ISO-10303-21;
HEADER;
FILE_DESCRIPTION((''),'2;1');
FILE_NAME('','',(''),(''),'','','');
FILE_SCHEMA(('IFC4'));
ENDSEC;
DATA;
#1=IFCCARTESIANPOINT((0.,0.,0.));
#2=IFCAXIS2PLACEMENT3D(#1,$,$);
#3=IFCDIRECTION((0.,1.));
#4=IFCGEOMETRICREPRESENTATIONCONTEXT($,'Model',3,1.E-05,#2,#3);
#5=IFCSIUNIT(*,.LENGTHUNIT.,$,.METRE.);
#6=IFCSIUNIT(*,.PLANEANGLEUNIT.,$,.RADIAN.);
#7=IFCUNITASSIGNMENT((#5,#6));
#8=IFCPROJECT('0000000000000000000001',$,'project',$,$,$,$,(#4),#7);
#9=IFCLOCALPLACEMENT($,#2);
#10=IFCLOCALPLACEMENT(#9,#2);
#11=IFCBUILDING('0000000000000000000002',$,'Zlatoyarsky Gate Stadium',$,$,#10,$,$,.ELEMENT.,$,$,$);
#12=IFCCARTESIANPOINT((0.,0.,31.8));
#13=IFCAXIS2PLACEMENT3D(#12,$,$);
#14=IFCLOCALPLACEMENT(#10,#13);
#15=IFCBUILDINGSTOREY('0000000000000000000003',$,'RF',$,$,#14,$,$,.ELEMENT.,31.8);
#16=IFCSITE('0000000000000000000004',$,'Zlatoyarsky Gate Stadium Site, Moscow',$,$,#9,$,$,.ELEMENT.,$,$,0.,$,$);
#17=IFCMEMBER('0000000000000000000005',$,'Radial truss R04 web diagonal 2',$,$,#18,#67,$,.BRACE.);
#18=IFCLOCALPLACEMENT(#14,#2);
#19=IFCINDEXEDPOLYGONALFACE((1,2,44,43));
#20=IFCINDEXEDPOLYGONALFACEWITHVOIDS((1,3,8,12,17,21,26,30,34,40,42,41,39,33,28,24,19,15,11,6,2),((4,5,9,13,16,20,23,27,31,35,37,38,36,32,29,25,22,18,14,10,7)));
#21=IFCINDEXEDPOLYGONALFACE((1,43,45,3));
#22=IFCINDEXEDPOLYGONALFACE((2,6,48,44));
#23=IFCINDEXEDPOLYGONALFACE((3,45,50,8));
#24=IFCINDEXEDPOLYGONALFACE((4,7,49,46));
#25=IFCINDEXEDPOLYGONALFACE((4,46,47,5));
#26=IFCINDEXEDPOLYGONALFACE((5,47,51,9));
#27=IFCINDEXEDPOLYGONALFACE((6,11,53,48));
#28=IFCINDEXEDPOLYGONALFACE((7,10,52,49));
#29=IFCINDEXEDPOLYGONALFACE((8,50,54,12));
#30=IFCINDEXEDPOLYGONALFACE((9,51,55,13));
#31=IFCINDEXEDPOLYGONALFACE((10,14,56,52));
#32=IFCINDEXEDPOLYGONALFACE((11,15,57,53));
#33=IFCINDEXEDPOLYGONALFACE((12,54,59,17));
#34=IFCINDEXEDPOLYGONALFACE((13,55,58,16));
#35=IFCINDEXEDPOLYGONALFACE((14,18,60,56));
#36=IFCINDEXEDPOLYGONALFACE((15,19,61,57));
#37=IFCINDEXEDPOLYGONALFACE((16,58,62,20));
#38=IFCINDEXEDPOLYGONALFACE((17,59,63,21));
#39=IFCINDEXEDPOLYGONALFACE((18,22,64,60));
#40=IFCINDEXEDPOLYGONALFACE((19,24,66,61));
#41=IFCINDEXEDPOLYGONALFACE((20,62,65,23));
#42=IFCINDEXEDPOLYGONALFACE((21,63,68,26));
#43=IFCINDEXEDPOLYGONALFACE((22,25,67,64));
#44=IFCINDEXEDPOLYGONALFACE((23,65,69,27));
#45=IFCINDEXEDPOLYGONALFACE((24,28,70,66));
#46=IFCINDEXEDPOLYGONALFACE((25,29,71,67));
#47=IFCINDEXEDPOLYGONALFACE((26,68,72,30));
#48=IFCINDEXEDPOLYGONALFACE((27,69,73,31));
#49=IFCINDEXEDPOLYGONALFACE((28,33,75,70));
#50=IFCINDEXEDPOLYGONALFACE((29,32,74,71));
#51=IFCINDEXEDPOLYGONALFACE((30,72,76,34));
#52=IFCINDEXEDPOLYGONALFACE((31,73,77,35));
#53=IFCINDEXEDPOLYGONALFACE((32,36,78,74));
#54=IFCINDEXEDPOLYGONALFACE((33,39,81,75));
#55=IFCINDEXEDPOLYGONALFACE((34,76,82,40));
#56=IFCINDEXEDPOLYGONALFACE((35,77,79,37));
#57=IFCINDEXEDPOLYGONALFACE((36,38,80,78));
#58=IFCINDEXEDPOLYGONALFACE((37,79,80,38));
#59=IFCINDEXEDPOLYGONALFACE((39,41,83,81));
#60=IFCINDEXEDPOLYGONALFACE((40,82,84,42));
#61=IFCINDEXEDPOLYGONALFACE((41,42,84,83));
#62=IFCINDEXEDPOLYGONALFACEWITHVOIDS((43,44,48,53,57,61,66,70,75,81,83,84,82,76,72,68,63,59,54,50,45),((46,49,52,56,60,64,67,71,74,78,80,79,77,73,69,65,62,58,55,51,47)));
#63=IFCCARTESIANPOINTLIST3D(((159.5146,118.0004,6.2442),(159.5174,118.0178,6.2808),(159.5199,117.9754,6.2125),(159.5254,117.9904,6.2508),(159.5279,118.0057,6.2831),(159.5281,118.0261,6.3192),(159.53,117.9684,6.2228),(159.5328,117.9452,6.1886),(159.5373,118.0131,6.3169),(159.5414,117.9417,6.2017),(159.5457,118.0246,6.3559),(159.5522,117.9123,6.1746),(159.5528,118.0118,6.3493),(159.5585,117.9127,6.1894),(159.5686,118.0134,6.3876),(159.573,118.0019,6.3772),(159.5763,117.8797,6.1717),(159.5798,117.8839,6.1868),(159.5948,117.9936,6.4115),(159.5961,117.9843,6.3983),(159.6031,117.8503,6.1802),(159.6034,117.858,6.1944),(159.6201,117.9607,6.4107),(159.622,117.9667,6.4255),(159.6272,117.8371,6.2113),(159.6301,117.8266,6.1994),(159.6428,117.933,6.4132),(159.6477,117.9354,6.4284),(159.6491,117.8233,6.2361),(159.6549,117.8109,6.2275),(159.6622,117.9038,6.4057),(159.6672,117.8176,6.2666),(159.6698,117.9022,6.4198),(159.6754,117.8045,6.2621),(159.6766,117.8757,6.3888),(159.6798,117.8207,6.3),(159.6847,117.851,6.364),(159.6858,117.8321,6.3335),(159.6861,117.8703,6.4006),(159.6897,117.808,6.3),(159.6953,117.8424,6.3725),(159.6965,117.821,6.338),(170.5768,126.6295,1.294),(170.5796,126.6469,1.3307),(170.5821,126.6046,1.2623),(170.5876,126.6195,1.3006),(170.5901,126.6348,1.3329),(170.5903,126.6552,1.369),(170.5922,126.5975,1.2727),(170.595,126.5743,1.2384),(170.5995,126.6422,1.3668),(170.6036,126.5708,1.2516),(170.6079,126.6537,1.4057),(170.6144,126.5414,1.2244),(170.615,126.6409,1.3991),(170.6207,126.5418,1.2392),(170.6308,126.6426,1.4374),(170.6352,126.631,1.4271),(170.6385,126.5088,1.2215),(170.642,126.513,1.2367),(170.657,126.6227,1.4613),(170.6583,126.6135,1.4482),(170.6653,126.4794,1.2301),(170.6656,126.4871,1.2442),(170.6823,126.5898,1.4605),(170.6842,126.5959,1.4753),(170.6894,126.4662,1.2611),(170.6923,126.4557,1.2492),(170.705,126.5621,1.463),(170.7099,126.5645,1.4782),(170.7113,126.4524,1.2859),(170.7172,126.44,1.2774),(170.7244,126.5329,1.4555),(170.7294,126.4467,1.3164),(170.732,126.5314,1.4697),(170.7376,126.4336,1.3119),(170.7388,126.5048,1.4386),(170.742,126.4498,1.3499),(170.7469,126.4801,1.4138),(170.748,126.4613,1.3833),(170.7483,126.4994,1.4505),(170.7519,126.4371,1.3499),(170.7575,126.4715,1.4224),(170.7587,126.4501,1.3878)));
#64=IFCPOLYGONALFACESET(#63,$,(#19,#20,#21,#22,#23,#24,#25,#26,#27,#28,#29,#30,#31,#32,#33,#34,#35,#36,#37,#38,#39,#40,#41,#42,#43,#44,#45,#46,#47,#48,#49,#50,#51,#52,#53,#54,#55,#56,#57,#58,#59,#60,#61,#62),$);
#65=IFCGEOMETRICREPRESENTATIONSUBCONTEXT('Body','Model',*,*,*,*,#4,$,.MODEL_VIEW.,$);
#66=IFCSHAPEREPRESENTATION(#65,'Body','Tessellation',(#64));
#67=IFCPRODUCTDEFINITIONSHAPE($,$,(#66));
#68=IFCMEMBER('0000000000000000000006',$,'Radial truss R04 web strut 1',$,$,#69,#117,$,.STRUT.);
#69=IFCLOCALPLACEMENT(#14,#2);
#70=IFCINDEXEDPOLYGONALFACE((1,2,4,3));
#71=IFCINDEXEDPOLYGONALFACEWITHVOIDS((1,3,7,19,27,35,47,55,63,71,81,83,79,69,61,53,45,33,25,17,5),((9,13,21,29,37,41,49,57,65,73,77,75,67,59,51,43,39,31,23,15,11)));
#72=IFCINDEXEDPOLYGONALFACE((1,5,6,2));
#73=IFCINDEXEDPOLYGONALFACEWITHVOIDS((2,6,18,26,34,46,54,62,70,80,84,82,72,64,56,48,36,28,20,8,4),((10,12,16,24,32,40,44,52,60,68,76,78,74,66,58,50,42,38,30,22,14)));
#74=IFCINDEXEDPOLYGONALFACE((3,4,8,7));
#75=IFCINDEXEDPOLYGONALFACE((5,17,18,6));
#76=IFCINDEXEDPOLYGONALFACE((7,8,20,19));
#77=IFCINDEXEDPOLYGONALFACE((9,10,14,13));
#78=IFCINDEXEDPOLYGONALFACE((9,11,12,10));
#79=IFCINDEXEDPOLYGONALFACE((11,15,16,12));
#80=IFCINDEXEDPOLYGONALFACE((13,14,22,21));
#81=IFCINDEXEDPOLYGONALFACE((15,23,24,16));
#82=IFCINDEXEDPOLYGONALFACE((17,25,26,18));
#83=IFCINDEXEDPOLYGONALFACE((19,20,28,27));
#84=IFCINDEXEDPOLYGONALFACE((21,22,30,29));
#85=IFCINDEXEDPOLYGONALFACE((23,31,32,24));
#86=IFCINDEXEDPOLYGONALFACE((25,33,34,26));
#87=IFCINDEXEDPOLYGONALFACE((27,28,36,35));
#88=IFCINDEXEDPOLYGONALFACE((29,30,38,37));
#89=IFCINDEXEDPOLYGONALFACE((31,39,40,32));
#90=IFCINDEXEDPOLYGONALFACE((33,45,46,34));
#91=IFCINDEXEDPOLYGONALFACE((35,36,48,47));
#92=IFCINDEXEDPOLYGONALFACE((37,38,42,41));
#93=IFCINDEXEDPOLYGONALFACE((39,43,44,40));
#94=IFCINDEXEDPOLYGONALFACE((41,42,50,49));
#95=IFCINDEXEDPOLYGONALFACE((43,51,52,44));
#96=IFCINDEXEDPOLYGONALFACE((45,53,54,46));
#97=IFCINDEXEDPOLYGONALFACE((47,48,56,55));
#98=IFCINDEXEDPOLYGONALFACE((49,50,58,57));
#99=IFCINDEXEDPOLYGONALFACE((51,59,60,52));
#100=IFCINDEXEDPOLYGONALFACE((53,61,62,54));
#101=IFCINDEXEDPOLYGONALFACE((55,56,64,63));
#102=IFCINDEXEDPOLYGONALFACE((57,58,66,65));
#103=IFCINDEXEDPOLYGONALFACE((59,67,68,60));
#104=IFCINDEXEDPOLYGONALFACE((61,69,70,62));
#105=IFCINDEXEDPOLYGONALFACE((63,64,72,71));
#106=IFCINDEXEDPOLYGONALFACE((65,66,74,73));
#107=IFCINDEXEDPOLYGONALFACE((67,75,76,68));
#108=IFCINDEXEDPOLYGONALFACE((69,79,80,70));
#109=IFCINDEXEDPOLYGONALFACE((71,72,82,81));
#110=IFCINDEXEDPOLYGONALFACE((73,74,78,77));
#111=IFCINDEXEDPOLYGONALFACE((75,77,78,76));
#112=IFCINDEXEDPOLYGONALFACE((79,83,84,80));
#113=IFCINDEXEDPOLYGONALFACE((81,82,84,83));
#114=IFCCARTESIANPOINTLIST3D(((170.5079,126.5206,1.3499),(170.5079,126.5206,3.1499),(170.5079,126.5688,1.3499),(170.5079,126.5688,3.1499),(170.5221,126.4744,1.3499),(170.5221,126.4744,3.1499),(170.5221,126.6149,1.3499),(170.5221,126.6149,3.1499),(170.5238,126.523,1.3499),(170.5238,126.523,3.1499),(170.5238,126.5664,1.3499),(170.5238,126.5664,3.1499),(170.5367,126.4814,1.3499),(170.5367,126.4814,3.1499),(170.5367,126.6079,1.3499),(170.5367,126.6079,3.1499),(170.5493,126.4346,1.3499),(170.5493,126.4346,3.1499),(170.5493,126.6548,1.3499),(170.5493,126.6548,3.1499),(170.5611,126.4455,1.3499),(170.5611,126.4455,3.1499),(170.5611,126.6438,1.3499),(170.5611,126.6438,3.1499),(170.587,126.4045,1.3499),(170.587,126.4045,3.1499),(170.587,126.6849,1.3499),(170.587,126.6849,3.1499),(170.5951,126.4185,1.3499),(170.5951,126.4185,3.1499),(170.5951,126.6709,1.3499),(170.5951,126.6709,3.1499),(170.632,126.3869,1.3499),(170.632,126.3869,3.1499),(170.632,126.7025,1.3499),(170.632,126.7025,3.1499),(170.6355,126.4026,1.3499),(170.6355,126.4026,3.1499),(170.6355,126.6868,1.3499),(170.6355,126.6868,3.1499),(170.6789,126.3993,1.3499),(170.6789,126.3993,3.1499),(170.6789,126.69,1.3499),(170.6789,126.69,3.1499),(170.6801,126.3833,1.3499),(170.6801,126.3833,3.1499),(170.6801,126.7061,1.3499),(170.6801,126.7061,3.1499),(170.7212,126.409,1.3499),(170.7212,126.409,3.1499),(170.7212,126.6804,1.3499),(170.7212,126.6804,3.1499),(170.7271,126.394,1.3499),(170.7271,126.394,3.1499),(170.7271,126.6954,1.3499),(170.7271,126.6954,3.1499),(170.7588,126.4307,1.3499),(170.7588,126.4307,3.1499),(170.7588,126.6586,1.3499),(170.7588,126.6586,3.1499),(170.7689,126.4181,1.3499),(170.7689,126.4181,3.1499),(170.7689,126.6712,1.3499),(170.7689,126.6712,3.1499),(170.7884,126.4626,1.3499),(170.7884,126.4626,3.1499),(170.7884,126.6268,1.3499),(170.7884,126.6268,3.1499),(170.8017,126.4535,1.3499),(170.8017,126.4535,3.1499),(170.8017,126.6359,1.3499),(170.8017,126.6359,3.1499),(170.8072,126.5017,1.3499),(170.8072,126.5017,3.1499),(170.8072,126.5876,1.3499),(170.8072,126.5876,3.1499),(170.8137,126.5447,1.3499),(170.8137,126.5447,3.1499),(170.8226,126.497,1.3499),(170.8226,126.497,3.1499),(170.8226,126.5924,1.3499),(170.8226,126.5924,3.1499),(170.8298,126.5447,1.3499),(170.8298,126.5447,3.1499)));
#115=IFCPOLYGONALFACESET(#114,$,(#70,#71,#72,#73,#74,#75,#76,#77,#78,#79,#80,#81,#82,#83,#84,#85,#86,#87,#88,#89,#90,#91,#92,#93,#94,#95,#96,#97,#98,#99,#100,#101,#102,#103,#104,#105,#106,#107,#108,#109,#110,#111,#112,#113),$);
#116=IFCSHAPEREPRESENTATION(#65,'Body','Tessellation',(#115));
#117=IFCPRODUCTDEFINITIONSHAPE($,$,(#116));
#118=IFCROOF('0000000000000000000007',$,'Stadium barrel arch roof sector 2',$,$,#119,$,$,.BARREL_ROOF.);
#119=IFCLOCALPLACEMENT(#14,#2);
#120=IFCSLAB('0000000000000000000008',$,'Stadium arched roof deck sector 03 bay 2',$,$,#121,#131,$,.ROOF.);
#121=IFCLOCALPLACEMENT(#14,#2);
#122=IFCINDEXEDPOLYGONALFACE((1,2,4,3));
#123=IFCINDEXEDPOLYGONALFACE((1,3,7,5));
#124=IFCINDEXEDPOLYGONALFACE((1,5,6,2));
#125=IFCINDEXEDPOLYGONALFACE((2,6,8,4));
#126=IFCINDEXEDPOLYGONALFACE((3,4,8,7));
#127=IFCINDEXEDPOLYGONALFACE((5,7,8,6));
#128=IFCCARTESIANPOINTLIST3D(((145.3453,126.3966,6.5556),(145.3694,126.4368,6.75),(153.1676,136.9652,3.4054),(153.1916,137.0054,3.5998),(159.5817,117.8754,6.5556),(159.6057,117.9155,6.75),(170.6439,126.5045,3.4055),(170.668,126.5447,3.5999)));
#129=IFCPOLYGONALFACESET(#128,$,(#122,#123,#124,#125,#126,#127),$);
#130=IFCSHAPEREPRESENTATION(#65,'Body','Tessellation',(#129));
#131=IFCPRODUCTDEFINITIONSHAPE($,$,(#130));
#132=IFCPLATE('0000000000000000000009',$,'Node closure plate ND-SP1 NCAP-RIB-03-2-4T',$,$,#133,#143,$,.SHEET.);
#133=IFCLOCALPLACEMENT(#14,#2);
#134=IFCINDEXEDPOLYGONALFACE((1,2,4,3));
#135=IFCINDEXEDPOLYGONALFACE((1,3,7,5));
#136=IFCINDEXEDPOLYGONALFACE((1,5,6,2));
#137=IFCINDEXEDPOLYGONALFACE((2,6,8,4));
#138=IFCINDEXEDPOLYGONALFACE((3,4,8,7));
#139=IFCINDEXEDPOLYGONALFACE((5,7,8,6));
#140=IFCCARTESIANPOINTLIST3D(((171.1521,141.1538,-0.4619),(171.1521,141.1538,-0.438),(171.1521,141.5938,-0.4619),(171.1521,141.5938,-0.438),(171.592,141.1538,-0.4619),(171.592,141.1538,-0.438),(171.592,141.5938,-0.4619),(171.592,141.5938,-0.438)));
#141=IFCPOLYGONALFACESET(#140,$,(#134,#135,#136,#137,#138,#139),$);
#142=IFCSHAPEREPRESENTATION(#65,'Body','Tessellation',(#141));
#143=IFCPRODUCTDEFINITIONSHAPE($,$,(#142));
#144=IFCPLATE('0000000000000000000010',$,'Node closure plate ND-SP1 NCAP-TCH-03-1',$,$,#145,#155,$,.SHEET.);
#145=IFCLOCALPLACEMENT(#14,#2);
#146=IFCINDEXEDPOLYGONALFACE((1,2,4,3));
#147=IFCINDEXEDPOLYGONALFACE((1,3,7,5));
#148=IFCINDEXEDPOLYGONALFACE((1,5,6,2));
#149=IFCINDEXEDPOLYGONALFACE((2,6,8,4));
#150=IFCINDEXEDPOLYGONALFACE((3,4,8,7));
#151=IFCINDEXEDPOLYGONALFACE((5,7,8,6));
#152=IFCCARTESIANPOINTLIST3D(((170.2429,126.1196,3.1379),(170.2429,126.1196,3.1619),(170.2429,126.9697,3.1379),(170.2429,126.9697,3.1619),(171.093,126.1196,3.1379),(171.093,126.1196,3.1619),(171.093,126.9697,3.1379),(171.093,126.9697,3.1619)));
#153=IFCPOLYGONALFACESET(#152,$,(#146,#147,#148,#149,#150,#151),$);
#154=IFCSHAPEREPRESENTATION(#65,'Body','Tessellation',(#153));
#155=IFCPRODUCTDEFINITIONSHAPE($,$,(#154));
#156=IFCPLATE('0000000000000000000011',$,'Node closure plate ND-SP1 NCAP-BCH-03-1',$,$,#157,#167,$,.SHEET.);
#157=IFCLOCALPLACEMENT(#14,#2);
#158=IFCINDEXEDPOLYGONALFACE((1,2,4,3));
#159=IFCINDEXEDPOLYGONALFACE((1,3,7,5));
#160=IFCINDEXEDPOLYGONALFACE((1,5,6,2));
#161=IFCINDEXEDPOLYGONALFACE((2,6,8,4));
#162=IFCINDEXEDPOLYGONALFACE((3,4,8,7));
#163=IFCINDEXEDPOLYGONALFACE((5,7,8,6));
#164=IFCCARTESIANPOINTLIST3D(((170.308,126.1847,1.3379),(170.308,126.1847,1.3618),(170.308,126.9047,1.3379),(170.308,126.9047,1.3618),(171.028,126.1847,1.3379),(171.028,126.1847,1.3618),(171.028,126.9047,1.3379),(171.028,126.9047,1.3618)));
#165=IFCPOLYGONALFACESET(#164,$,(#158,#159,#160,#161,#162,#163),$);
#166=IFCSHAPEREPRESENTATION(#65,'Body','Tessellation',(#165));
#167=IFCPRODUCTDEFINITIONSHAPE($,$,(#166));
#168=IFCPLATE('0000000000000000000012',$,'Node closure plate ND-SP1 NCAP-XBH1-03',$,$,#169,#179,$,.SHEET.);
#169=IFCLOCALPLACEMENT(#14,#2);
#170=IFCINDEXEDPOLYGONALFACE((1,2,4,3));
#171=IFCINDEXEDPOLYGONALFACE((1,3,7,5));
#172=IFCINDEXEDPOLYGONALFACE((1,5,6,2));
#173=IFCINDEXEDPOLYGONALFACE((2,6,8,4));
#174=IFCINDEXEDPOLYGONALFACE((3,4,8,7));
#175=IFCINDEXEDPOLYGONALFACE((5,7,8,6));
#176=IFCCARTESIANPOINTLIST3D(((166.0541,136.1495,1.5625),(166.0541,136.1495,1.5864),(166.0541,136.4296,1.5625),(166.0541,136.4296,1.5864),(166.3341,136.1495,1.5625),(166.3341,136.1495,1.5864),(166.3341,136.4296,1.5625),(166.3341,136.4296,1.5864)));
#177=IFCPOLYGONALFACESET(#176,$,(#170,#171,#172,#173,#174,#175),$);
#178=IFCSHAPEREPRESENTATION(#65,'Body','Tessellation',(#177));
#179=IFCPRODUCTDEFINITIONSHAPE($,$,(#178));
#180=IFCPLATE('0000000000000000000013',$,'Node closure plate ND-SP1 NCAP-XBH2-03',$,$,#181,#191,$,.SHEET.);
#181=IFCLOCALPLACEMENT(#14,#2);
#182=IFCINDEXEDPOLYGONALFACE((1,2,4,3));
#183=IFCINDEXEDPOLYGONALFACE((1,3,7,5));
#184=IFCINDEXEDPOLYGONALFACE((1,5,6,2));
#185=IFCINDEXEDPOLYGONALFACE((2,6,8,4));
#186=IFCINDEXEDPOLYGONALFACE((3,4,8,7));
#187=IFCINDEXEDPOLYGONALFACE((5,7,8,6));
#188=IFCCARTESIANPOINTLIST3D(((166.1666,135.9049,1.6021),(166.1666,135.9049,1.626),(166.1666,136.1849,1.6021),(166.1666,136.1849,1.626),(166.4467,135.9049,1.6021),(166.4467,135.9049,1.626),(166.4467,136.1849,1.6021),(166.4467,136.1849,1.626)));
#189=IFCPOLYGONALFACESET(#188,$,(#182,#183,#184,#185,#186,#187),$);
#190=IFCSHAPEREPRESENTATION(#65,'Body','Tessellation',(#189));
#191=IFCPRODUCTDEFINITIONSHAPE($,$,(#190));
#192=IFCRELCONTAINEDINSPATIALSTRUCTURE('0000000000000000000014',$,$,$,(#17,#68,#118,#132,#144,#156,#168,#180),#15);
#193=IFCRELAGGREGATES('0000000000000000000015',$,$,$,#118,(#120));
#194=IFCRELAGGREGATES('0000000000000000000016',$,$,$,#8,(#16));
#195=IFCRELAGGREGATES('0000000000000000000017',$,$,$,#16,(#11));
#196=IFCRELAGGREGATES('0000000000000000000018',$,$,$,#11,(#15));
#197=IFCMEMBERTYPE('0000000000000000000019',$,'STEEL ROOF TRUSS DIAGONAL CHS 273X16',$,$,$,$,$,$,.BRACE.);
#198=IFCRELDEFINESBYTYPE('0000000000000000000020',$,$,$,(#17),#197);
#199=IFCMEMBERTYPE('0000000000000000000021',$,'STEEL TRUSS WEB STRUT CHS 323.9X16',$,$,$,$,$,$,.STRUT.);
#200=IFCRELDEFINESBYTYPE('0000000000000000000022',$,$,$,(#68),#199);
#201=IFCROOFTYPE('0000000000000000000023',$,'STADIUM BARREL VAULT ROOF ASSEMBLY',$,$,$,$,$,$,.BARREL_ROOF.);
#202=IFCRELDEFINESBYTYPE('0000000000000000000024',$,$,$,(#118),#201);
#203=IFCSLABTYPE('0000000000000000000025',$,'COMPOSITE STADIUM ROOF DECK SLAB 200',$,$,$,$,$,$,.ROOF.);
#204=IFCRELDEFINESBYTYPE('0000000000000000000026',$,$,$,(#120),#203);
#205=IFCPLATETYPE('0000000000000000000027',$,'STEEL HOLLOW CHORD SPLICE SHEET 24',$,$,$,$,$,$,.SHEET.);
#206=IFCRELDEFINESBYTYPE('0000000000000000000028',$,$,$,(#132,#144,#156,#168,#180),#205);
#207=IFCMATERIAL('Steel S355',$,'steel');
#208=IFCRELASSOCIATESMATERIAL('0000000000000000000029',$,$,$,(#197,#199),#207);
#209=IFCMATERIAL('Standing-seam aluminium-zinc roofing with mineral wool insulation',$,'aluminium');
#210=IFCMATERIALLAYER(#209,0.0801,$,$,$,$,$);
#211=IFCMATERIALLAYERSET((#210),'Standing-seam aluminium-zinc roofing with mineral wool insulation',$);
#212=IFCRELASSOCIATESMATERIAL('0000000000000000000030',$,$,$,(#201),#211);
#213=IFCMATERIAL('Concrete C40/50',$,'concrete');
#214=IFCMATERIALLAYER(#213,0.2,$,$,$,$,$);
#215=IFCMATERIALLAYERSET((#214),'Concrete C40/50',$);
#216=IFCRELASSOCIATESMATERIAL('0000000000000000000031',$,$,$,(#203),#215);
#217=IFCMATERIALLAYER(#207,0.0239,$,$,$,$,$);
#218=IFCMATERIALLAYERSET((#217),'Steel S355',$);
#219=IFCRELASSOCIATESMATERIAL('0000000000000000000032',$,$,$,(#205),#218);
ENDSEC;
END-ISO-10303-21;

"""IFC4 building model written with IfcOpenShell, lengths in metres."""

from ifc_helpers import new_model, si_unit, direction, frame, origin, origin_2d, place, context, subcontext, project, spatial, polyline, rectangle, hollow_circle, outline, extrude, material, layer, layer_set, material_profile, profile_set, type_object, element, aggregate, save


model = new_model("IFC4")

# Units and contexts
model_context = context("Model", 3, precision=1e-05, world=origin(), true_north=direction((0.0, 1.0)))
body_context = subcontext(model_context, "Body", "Model", "MODEL_VIEW")
ifc_project = project(units=[si_unit("LENGTHUNIT", "METRE"), si_unit("PLANEANGLEUNIT", "RADIAN")], contexts=[model_context])

# Site, building, storey
site_placement = place(None, origin())
site = spatial("IfcSite", under=ifc_project, at=site_placement, Name="Zlatoyarsky Gate Stadium Site, Moscow", CompositionType="ELEMENT", RefElevation=0.0)
building_placement = place(site_placement, origin())
building = spatial("IfcBuilding", under=site, at=building_placement, Name="Zlatoyarsky Gate Stadium", CompositionType="ELEMENT")
storey_placement = place(building_placement, frame((0.0, 0.0, 31.8)))
storey = spatial("IfcBuildingStorey", under=building, at=storey_placement, Name="RF", CompositionType="ELEMENT", Elevation=31.8)

# Members
ifc_material_1 = material(Name="Steel S355", Category="steel")
ifc_material_profile_1 = material_profile(ifc_material_1, hollow_circle(Radius=0.1365, WallThickness=0.0161, at=origin_2d()), Name="CHS 273X16")
ifc_profile_set_1 = profile_set([ifc_material_profile_1], Name="Steel S355")
member_type_1 = type_object("IfcMemberType", Name="STEEL ROOF TRUSS DIAGONAL CHS 273X16", PredefinedType="BRACE", material=ifc_profile_set_1)
member_1_placement = place(storey_placement, frame((170.668, 126.5447, 1.3499), z_axis=(-0.743556, -0.580013, 0.33273), x_axis=(0.615058, -0.788482, 0.0)))
element("IfcMember", 1, at=member_1_placement, inside=storey, type_object=member_type_1, Name="Radial truss R04 web diagonal 2", PredefinedType="BRACE", context=body_context, shape_type="SweptSolid", body=[
    extrude(hollow_circle(Radius=0.1365, WallThickness=0.0161, at=origin_2d()), origin(), (0.0, 0.0, 1.0), 14.8774),
])
ifc_material_profile_2 = material_profile(ifc_material_1, hollow_circle(Radius=0.1619, WallThickness=0.0161, at=origin_2d()), Name="CHS 323.9X16")
ifc_profile_set_2 = profile_set([ifc_material_profile_2], Name="Steel S355")
member_type_2 = type_object("IfcMemberType", Name="STEEL TRUSS WEB STRUT CHS 323.9X16", PredefinedType="STRUT", material=ifc_profile_set_2)
member_2_placement = place(storey_placement, frame((170.668, 126.5447, 1.3499), z_axis=(0.0, 0.0, 1.0), x_axis=(1.0, 0.0, 0.0)))
element("IfcMember", 2, at=member_2_placement, inside=storey, type_object=member_type_2, Name="Radial truss R04 web strut 1", PredefinedType="STRUT", context=body_context, shape_type="SweptSolid", body=[
    extrude(hollow_circle(Radius=0.1619, WallThickness=0.0161, at=origin_2d()), origin(), (0.0, 0.0, 1.0), 1.8),
])

# Roof, slab
ifc_material_2 = material(Name="Standing-seam aluminium-zinc roofing with mineral wool insulation", Category="aluminium")
ifc_layer_1 = layer(ifc_material_2, 0.0801)
ifc_layer_set_1 = layer_set([ifc_layer_1], Name="Standing-seam aluminium-zinc roofing with mineral wool insulation")
roof_type = type_object("IfcRoofType", Name="STADIUM BARREL VAULT ROOF ASSEMBLY", PredefinedType="BARREL_ROOF", material=ifc_layer_set_1)
roof_placement = place(storey_placement, origin())
roof = element("IfcRoof", 3, at=roof_placement, inside=storey, type_object=roof_type, Name="Stadium barrel arch roof sector 2", PredefinedType="BARREL_ROOF")
ifc_material_3 = material(Name="Concrete C40/50", Category="concrete")
ifc_layer_2 = layer(ifc_material_3, 0.2)
ifc_layer_set_2 = layer_set([ifc_layer_2], Name="Concrete C40/50")
slab_type = type_object("IfcSlabType", Name="COMPOSITE STADIUM ROOF DECK SLAB 200", PredefinedType="ROOF", material=ifc_layer_set_2)
slab_placement = place(storey_placement, frame((170.668, 126.5447, 3.5999), z_axis=(0.120204, 0.200821, 0.972225), x_axis=(-0.858036, 0.513589, -0.000001)))
slab = element("IfcSlab", 4, at=slab_placement, type_object=slab_type, Name="Stadium arched roof deck sector 03 bay 2", PredefinedType="ROOF", context=body_context, shape_type="SweptSolid", body=[
    extrude(outline(polyline([(0.0, 0.0), (20.3678, 0.0), (21.6517, 13.4595), (5.06, 13.4594), (0.0, 0.0)])), origin(), (0.0, 0.0, -1.0), 0.2),
])

# Plates
ifc_layer_3 = layer(ifc_material_1, 0.0239)
ifc_layer_set_3 = layer_set([ifc_layer_3], Name="Steel S355")
plate_type_1 = type_object("IfcPlateType", Name="STEEL HOLLOW CHORD SPLICE SHEET 24", PredefinedType="SHEET", material=ifc_layer_set_3)
plate_1_placement = place(storey_placement, frame((171.3721, 141.3738, -0.4619), z_axis=(0.0, 0.0, 1.0), x_axis=(1.0, 0.0, 0.0)))
element("IfcPlate", 5, at=plate_1_placement, inside=storey, type_object=plate_type_1, Name="Node closure plate ND-SP1 NCAP-RIB-03-2-4T", PredefinedType="SHEET", context=body_context, shape_type="SweptSolid", body=[
    extrude(rectangle(XDim=0.4399, YDim=0.4399, at=origin_2d()), origin(), (0.0, 0.0, 1.0), 0.0239),
])
plate_2_placement = place(storey_placement, frame((170.668, 126.5447, 3.1379), z_axis=(0.0, 0.0, 1.0), x_axis=(1.0, 0.0, 0.0)))
element("IfcPlate", 6, at=plate_2_placement, inside=storey, type_object=plate_type_1, Name="Node closure plate ND-SP1 NCAP-TCH-03-1", PredefinedType="SHEET", context=body_context, shape_type="SweptSolid", body=[
    extrude(rectangle(XDim=0.8501, YDim=0.8501, at=origin_2d()), origin(), (0.0, 0.0, 1.0), 0.0239),
])
plate_3_placement = place(storey_placement, frame((170.668, 126.5447, 1.3379), z_axis=(0.0, 0.0, 1.0), x_axis=(1.0, 0.0, 0.0)))
element("IfcPlate", 7, at=plate_3_placement, inside=storey, type_object=plate_type_1, Name="Node closure plate ND-SP1 NCAP-BCH-03-1", PredefinedType="SHEET", context=body_context, shape_type="SweptSolid", body=[
    extrude(rectangle(XDim=0.72, YDim=0.72, at=origin_2d()), origin(), (0.0, 0.0, 1.0), 0.0239),
])
for number, where, z_axis, x_axis, name in (
    (8, (166.1941, 136.2896, 1.5625), (0.0, 0.0, 1.0), (1.0, 0.0, 0.0), "Node closure plate ND-SP1 NCAP-XBH1-03"),
    (9, (166.3066, 136.0449, 1.6021), (0.0, 0.0, 1.0), (1.0, 0.0, 0.0), "Node closure plate ND-SP1 NCAP-XBH2-03"),
):
    element("IfcPlate", number, at=place(storey_placement, frame(where, z_axis=z_axis, x_axis=x_axis)), inside=storey, type_object=plate_type_1, Name=name, PredefinedType="SHEET", context=body_context, shape_type="SweptSolid", body=[
        extrude(rectangle(XDim=0.28, YDim=0.28, at=origin_2d()), origin(), (0.0, 0.0, 1.0), 0.0239),
    ])

aggregate(roof, [slab])

save(model, "model.ifc")
